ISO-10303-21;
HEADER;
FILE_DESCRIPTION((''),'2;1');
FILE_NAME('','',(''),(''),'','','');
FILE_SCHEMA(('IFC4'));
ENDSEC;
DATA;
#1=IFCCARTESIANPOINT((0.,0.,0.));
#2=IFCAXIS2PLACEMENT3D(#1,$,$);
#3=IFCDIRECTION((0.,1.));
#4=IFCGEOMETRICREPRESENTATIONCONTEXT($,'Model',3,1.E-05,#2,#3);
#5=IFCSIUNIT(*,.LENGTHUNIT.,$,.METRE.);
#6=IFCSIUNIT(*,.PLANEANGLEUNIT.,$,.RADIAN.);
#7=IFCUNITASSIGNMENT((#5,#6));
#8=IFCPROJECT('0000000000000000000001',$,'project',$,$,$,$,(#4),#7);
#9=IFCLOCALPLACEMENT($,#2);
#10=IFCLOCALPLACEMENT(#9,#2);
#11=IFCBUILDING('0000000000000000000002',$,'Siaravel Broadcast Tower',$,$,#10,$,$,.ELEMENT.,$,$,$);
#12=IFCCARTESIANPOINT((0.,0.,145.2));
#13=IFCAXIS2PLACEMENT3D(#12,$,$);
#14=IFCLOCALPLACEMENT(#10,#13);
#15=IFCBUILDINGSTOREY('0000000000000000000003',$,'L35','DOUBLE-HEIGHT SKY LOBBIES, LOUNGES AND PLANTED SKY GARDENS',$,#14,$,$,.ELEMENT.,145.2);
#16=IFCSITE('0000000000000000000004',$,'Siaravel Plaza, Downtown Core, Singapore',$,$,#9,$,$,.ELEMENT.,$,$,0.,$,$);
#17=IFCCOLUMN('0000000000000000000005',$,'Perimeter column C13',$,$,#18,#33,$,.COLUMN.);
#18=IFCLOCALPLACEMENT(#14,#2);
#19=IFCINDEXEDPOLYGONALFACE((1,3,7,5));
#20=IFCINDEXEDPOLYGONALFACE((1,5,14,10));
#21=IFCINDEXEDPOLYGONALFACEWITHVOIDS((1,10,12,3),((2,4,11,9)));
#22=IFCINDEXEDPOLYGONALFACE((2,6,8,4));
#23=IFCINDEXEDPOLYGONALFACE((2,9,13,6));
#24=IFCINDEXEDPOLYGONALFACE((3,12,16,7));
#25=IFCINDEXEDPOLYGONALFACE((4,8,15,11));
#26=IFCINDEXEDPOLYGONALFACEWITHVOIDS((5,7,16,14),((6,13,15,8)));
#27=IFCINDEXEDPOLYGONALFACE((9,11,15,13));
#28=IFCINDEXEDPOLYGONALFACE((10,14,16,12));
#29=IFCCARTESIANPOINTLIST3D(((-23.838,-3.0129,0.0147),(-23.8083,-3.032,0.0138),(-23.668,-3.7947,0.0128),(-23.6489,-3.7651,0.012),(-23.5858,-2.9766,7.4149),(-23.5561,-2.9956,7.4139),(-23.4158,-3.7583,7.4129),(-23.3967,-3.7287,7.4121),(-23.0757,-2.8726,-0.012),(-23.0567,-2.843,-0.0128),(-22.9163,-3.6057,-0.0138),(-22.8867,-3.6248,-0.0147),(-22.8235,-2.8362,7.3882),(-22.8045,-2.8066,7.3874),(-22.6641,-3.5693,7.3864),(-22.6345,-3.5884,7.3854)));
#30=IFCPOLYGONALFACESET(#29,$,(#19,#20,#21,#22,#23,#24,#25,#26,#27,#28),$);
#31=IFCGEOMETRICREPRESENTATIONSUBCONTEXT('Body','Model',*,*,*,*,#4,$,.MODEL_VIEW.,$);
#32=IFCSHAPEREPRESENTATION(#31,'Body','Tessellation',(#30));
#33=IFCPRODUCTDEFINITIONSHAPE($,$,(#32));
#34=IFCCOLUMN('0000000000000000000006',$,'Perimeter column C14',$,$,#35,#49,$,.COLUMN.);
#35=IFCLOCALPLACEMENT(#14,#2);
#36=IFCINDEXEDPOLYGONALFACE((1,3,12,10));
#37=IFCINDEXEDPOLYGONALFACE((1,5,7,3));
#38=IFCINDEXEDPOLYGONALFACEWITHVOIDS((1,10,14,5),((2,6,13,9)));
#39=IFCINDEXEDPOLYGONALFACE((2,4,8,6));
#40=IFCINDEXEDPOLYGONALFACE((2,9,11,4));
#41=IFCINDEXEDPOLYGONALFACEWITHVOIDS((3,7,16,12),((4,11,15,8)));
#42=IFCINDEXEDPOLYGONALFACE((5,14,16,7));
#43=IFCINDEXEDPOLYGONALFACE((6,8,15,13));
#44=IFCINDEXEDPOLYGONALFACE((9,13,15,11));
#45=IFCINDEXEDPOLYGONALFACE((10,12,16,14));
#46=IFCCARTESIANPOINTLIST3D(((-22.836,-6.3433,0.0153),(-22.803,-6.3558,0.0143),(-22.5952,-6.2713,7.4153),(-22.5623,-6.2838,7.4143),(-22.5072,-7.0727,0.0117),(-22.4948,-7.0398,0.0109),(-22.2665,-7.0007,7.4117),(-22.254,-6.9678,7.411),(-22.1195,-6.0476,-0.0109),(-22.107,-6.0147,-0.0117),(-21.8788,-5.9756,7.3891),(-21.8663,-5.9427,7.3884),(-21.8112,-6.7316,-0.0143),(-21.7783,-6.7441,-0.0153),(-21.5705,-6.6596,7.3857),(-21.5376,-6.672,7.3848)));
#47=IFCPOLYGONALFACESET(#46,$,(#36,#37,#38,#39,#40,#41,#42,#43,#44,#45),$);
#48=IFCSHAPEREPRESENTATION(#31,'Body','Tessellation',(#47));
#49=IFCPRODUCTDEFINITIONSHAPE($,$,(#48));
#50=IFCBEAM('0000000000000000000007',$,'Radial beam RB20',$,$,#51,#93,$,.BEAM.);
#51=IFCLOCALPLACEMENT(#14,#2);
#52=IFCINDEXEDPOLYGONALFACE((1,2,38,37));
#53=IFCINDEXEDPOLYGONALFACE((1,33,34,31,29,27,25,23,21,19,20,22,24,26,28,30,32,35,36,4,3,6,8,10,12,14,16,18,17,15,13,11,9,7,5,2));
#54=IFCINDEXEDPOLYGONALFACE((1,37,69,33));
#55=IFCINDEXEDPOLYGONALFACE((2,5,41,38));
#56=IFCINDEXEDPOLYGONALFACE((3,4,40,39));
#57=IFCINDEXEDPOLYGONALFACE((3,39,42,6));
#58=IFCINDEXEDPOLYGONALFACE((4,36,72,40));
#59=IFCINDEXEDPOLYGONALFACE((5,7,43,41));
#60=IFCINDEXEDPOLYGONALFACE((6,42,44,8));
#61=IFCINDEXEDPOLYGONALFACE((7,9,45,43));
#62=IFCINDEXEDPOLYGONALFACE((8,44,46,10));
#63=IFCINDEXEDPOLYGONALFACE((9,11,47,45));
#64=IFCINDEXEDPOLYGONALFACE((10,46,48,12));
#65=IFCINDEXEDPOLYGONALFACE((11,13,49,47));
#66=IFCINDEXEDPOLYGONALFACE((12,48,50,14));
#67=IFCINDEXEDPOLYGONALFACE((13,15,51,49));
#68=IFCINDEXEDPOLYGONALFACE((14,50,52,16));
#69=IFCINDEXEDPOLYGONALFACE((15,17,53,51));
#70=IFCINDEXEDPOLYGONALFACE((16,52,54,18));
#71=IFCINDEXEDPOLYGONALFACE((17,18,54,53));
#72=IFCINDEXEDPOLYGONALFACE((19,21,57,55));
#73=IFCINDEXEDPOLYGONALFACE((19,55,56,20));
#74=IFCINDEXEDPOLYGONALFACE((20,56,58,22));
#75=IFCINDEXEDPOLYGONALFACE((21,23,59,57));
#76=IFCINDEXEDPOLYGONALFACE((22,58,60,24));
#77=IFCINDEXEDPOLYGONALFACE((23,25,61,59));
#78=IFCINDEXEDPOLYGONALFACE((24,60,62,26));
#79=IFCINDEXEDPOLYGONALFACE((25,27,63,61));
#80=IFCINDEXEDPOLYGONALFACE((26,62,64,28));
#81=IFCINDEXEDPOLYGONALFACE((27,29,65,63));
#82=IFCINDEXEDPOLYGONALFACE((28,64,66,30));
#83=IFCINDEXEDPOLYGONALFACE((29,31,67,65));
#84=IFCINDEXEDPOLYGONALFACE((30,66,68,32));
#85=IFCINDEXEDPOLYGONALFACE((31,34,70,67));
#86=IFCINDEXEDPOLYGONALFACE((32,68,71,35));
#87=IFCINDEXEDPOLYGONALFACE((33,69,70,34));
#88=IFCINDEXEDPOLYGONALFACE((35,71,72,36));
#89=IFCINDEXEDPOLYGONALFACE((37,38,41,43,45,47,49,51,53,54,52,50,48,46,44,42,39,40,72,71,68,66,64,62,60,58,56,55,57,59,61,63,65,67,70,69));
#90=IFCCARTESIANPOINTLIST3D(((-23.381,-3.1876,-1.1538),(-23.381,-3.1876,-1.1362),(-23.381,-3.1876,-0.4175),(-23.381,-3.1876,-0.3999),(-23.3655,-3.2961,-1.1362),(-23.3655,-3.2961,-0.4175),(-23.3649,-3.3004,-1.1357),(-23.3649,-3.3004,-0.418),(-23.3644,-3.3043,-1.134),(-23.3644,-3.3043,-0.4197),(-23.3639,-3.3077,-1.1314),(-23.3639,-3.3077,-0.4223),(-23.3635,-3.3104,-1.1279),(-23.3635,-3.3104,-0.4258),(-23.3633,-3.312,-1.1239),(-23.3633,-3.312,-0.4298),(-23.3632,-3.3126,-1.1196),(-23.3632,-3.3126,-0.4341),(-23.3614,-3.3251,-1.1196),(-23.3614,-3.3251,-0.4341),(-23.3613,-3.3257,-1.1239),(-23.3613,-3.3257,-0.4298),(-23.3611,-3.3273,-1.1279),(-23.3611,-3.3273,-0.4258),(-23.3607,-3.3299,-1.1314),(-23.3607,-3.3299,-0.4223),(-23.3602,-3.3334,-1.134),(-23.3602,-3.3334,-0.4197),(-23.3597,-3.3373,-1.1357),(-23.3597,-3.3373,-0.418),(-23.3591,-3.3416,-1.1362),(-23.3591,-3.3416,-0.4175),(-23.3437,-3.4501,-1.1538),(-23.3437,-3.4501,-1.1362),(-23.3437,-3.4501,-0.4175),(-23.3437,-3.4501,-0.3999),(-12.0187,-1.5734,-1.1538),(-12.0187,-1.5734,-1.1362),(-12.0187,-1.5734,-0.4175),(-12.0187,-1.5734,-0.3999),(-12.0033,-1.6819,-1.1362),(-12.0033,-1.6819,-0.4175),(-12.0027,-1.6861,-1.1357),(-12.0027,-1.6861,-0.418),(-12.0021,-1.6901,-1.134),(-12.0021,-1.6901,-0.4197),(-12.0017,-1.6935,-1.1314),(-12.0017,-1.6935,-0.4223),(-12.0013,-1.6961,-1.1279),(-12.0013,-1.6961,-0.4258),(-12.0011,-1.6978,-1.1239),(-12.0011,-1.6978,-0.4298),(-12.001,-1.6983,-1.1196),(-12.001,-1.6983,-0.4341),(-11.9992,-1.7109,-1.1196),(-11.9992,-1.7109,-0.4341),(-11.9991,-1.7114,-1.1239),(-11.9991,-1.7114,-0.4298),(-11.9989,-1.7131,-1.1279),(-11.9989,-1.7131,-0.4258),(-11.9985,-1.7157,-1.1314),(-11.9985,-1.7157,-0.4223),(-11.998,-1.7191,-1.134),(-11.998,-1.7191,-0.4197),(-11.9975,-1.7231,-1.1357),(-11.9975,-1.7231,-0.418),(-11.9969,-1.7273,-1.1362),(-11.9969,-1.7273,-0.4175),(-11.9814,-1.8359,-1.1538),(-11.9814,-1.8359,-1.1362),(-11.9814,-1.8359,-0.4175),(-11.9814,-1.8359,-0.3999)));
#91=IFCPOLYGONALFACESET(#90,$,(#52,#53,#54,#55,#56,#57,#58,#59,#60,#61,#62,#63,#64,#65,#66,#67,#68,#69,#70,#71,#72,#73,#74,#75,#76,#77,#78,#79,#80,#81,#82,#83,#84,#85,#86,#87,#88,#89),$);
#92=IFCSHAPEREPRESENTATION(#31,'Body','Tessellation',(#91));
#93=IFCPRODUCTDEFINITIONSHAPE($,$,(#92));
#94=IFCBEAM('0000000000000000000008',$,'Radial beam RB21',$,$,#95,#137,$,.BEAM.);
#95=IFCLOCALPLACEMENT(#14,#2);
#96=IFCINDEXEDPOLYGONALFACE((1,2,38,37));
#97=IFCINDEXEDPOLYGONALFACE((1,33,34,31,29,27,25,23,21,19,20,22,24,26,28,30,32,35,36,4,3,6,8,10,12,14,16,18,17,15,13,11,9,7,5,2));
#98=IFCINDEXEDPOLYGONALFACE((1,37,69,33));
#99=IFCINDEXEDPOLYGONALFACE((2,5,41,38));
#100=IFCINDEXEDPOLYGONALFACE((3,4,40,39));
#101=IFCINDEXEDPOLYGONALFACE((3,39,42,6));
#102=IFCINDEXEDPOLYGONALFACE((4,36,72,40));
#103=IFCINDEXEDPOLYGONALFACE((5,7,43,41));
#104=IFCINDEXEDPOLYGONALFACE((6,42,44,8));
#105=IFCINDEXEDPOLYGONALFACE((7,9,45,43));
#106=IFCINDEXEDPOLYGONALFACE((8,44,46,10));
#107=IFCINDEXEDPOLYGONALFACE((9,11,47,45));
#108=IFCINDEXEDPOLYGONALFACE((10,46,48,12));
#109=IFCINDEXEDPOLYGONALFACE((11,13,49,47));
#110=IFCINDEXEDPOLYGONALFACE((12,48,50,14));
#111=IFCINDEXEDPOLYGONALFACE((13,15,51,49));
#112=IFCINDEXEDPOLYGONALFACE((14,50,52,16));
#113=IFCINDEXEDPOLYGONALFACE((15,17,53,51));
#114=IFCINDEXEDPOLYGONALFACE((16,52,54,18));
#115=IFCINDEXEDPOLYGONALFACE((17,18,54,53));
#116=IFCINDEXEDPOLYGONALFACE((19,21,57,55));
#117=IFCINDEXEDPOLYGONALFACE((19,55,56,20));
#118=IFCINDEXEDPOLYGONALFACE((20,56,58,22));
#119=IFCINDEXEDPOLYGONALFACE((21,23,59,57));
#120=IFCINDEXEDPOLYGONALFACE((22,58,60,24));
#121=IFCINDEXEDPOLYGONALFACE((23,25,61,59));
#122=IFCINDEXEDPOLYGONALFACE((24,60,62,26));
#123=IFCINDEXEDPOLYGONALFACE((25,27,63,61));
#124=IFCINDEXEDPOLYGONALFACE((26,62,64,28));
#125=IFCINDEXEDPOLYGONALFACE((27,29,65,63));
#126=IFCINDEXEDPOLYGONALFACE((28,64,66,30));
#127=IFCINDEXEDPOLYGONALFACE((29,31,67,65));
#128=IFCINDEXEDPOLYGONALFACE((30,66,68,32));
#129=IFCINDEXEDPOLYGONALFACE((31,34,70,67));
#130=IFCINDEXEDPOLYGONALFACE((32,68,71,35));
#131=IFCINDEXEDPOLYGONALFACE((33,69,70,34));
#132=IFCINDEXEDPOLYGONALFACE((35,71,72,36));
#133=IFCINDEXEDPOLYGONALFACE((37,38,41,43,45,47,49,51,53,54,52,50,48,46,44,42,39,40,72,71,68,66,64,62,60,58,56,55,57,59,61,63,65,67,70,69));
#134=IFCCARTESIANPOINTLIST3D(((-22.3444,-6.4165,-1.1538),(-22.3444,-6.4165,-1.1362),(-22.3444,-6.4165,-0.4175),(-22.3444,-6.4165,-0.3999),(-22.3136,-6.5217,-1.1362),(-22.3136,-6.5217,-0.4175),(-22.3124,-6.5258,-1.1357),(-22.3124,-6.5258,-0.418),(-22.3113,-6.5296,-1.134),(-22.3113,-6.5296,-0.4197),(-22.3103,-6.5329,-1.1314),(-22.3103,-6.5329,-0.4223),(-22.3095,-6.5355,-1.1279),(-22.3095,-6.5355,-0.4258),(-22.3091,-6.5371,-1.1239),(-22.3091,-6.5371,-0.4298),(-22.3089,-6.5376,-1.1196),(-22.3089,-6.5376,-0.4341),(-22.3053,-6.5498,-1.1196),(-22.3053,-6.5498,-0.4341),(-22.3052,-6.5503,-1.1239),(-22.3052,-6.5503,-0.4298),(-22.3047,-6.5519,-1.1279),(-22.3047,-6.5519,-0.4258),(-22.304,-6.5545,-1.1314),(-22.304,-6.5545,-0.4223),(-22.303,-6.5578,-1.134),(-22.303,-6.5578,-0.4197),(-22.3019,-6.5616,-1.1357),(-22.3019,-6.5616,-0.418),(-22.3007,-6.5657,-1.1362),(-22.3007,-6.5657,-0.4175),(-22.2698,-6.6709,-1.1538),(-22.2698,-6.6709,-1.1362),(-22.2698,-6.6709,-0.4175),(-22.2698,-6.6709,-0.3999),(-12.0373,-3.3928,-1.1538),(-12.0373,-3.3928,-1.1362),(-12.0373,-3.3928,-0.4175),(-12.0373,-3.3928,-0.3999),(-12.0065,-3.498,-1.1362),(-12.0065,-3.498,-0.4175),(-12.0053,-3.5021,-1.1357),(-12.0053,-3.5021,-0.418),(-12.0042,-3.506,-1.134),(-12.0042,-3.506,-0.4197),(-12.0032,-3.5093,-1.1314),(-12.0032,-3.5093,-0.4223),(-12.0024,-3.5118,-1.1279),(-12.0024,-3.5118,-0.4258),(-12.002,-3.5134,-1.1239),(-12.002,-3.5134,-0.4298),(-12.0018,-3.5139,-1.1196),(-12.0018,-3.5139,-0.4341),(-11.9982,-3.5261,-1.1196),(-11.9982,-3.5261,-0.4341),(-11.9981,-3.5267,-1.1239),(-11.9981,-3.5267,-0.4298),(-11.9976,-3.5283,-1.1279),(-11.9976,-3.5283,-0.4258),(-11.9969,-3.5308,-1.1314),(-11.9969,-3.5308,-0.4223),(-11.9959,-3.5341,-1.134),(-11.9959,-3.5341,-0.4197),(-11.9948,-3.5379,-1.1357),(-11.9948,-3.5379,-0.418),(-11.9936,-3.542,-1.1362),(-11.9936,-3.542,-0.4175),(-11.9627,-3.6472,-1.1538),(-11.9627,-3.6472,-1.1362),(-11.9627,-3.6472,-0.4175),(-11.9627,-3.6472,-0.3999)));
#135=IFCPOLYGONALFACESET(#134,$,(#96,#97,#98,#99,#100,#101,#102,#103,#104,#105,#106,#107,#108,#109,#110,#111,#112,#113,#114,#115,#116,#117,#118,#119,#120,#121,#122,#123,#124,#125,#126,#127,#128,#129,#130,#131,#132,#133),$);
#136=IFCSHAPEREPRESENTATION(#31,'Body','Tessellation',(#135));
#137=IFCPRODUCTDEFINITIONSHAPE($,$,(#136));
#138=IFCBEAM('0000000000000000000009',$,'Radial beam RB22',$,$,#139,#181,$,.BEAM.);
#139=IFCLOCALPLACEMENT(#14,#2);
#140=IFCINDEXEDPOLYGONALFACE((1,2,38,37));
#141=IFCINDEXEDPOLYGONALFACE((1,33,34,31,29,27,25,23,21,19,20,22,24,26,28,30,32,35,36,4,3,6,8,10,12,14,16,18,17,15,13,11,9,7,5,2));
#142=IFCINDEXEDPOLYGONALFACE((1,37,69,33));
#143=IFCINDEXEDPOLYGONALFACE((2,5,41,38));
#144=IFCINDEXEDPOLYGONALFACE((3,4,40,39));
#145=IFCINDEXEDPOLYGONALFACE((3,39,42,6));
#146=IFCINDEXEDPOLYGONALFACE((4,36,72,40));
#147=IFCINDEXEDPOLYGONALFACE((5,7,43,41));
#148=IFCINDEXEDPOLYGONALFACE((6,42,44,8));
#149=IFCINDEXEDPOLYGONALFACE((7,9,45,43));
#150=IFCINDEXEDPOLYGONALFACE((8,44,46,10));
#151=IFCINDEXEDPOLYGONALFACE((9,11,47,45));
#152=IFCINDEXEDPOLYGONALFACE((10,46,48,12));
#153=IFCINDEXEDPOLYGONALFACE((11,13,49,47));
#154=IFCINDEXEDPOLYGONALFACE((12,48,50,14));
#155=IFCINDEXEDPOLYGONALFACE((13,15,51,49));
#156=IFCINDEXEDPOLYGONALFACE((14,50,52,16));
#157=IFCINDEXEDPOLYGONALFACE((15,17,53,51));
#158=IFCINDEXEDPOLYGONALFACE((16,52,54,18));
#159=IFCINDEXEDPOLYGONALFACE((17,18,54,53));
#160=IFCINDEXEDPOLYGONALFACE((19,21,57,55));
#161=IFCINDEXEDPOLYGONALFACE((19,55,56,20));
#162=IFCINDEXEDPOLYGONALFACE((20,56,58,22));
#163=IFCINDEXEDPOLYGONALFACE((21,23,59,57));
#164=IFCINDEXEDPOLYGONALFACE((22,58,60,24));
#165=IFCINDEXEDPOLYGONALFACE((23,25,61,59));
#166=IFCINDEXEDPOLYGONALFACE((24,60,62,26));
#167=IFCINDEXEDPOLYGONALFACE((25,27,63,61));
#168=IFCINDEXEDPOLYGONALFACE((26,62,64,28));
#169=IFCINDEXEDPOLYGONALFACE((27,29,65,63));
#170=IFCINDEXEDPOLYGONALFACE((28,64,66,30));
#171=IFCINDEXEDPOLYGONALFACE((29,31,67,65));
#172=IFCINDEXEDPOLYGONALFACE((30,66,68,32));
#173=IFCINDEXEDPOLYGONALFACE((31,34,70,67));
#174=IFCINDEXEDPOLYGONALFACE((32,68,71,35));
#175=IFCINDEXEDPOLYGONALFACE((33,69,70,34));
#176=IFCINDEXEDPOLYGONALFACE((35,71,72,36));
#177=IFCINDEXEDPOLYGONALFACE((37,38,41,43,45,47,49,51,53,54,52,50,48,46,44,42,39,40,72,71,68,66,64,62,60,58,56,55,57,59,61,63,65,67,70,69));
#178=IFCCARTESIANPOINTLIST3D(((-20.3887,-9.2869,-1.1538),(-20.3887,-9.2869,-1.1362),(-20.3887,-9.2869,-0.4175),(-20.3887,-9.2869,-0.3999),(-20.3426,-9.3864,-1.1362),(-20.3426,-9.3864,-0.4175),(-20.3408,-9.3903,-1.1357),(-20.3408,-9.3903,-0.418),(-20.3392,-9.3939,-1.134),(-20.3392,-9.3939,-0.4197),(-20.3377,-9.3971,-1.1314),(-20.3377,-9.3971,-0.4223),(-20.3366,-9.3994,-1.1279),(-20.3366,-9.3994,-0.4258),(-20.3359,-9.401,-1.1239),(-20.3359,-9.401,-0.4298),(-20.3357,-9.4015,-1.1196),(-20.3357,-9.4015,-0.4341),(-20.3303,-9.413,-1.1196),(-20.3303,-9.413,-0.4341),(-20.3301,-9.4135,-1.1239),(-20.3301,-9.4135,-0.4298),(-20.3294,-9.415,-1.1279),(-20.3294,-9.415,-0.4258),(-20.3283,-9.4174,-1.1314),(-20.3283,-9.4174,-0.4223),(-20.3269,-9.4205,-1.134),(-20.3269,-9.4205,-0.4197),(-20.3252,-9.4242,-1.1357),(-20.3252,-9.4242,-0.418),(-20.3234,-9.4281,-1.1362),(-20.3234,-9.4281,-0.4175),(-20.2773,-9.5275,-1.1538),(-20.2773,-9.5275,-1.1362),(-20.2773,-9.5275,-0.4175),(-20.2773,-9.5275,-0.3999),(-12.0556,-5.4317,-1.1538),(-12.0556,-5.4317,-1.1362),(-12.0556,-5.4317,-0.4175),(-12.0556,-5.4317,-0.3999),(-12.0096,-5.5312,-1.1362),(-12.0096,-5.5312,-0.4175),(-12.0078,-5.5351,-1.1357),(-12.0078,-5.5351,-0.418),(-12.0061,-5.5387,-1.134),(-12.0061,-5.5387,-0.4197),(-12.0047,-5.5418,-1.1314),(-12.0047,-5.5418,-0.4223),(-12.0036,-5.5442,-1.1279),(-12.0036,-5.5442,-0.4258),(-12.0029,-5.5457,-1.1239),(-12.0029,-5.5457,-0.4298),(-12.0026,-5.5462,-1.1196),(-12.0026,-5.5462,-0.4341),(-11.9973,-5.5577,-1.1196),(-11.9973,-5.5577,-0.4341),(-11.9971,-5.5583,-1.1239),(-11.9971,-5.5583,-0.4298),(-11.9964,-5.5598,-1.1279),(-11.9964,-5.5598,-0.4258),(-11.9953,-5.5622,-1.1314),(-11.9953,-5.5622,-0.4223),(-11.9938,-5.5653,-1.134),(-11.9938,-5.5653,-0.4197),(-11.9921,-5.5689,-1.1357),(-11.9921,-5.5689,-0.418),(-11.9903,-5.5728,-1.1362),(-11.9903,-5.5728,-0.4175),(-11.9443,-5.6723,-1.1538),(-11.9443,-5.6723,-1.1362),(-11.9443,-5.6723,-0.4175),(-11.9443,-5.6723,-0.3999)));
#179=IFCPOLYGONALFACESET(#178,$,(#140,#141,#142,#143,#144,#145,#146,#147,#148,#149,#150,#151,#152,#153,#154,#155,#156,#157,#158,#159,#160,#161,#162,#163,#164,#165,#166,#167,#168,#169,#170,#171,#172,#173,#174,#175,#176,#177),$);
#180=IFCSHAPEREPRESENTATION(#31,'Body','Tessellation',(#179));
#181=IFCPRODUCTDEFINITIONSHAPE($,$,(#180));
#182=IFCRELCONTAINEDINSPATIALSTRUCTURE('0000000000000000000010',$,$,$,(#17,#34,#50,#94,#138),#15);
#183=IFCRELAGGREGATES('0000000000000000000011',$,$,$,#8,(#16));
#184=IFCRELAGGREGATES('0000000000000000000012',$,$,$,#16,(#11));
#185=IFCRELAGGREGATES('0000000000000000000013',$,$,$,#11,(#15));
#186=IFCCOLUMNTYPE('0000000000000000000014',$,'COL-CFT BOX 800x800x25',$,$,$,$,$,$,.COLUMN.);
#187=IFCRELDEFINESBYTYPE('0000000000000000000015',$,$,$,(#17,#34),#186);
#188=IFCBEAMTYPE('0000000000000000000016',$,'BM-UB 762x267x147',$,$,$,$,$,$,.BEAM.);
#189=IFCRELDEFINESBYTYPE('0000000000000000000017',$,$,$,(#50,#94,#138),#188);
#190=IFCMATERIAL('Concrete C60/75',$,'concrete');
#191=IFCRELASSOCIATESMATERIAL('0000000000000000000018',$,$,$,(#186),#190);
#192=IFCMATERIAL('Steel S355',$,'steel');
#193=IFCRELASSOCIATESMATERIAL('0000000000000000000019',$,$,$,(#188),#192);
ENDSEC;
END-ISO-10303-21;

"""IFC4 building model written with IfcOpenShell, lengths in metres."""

from ifc_helpers import new_model, si_unit, direction, frame, origin, origin_2d, place, context, subcontext, project, spatial, hollow_rectangle, i_section, extrude, material, material_profile, profile_set, type_object, element, save


model = new_model("IFC4")

# Units and contexts
model_context = context("Model", 3, precision=1e-05, world=origin(), true_north=direction((0.0, 1.0)))
body_context = subcontext(model_context, "Body", "Model", "MODEL_VIEW")
ifc_project = project(units=[si_unit("LENGTHUNIT", "METRE"), si_unit("PLANEANGLEUNIT", "RADIAN")], contexts=[model_context])

# Site, building, storey
site_placement = place(None, origin())
site = spatial("IfcSite", under=ifc_project, at=site_placement, Name="Siaravel Plaza, Downtown Core, Singapore", CompositionType="ELEMENT", RefElevation=0.0)
building_placement = place(site_placement, origin())
building = spatial("IfcBuilding", under=site, at=building_placement, Name="Siaravel Broadcast Tower", CompositionType="ELEMENT")
storey_placement = place(building_placement, frame((0.0, 0.0, 145.2)))
storey = spatial("IfcBuildingStorey", under=building, at=storey_placement, Name="L35", Description="DOUBLE-HEIGHT SKY LOBBIES, LOUNGES AND PLANTED SKY GARDENS", CompositionType="ELEMENT", Elevation=145.2)

# Columns
ifc_material_1 = material(Name="Concrete C60/75", Category="concrete")
ifc_material_profile_1 = material_profile(ifc_material_1, hollow_rectangle(XDim=0.8, YDim=0.8, WallThickness=0.0249, at=origin_2d()))
ifc_profile_set_1 = profile_set([ifc_material_profile_1], Name="Concrete C60/75")
column_type = type_object("IfcColumnType", Name="COL-CFT BOX 800x800x25", PredefinedType="COLUMN", material=ifc_profile_set_1)
column_1_placement = place(storey_placement, frame((-23.3623, -3.3188, 0.0), z_axis=(0.03406, 0.004913, 0.999408), x_axis=(-0.21249, 0.97716, 0.002438)))
element("IfcColumn", 1, at=column_1_placement, inside=storey, type_object=column_type, Name="Perimeter column C13", PredefinedType="COLUMN", context=body_context, shape_type="SweptSolid", body=[
    extrude(hollow_rectangle(XDim=0.8, YDim=0.8, WallThickness=0.0249, at=origin_2d()), origin(), (0.0, 0.0, 1.0), 7.4045),
])
column_2_placement = place(storey_placement, frame((-22.3071, -6.5437, 0.0), z_axis=(0.032511, 0.009727, 0.999424), x_axis=(-0.410894, 0.911672, 0.004493)))
element("IfcColumn", 2, at=column_2_placement, inside=storey, type_object=column_type, Name="Perimeter column C14", PredefinedType="COLUMN", context=body_context, shape_type="SweptSolid", body=[
    extrude(hollow_rectangle(XDim=0.8, YDim=0.8, WallThickness=0.0249, at=origin_2d()), origin(), (0.0, 0.0, 1.0), 7.4043),
])

# Beams
ifc_material_2 = material(Name="Steel S355", Category="steel")
ifc_material_profile_2 = material_profile(ifc_material_2, i_section(OverallWidth=0.2651, OverallDepth=0.7539, WebThickness=0.0127, FlangeThickness=0.0176, FilletRadius=0.0166, at=origin_2d()))
ifc_profile_set_2 = profile_set([ifc_material_profile_2], Name="Steel S355")
beam_type = type_object("IfcBeamType", Name="BM-UB 762x267x147", PredefinedType="BEAM", material=ifc_profile_set_2)
beam_1_placement = place(storey_placement, frame((-23.3623, -3.3188, -0.7769), z_axis=(0.990058, 0.140659, 0.0), x_axis=(-0.140659, 0.990058, 0.0)))
element("IfcBeam", 3, at=beam_1_placement, inside=storey, type_object=beam_type, Name="Radial beam RB20", PredefinedType="BEAM", context=body_context, shape_type="SweptSolid", body=[
    extrude(i_section(OverallWidth=0.2651, OverallDepth=0.7539, WebThickness=0.0127, FlangeThickness=0.0176, FilletRadius=0.0166, at=origin_2d()), origin(), (0.0, 0.0, 1.0), 11.4763),
])
beam_2_placement = place(storey_placement, frame((-22.3071, -6.5437, -0.7769), z_axis=(0.959563, 0.281496, 0.0), x_axis=(-0.281496, 0.959563, 0.0)))
element("IfcBeam", 4, at=beam_2_placement, inside=storey, type_object=beam_type, Name="Radial beam RB21", PredefinedType="BEAM", context=body_context, shape_type="SweptSolid", body=[
    extrude(i_section(OverallWidth=0.2651, OverallDepth=0.7539, WebThickness=0.0127, FlangeThickness=0.0176, FilletRadius=0.0166, at=origin_2d()), origin(), (0.0, 0.0, 1.0), 10.7415),
])
beam_3_placement = place(storey_placement, frame((-20.333, -9.4072, -0.7769), z_axis=(0.907577, 0.419886, 0.0), x_axis=(-0.419886, 0.907577, 0.0)))
element("IfcBeam", 5, at=beam_3_placement, inside=storey, type_object=beam_type, Name="Radial beam RB22", PredefinedType="BEAM", context=body_context, shape_type="SweptSolid", body=[
    extrude(i_section(OverallWidth=0.2651, OverallDepth=0.7539, WebThickness=0.0127, FlangeThickness=0.0176, FilletRadius=0.0166, at=origin_2d()), origin(), (0.0, 0.0, 1.0), 9.1816),
])

save(model, "model.ifc")
